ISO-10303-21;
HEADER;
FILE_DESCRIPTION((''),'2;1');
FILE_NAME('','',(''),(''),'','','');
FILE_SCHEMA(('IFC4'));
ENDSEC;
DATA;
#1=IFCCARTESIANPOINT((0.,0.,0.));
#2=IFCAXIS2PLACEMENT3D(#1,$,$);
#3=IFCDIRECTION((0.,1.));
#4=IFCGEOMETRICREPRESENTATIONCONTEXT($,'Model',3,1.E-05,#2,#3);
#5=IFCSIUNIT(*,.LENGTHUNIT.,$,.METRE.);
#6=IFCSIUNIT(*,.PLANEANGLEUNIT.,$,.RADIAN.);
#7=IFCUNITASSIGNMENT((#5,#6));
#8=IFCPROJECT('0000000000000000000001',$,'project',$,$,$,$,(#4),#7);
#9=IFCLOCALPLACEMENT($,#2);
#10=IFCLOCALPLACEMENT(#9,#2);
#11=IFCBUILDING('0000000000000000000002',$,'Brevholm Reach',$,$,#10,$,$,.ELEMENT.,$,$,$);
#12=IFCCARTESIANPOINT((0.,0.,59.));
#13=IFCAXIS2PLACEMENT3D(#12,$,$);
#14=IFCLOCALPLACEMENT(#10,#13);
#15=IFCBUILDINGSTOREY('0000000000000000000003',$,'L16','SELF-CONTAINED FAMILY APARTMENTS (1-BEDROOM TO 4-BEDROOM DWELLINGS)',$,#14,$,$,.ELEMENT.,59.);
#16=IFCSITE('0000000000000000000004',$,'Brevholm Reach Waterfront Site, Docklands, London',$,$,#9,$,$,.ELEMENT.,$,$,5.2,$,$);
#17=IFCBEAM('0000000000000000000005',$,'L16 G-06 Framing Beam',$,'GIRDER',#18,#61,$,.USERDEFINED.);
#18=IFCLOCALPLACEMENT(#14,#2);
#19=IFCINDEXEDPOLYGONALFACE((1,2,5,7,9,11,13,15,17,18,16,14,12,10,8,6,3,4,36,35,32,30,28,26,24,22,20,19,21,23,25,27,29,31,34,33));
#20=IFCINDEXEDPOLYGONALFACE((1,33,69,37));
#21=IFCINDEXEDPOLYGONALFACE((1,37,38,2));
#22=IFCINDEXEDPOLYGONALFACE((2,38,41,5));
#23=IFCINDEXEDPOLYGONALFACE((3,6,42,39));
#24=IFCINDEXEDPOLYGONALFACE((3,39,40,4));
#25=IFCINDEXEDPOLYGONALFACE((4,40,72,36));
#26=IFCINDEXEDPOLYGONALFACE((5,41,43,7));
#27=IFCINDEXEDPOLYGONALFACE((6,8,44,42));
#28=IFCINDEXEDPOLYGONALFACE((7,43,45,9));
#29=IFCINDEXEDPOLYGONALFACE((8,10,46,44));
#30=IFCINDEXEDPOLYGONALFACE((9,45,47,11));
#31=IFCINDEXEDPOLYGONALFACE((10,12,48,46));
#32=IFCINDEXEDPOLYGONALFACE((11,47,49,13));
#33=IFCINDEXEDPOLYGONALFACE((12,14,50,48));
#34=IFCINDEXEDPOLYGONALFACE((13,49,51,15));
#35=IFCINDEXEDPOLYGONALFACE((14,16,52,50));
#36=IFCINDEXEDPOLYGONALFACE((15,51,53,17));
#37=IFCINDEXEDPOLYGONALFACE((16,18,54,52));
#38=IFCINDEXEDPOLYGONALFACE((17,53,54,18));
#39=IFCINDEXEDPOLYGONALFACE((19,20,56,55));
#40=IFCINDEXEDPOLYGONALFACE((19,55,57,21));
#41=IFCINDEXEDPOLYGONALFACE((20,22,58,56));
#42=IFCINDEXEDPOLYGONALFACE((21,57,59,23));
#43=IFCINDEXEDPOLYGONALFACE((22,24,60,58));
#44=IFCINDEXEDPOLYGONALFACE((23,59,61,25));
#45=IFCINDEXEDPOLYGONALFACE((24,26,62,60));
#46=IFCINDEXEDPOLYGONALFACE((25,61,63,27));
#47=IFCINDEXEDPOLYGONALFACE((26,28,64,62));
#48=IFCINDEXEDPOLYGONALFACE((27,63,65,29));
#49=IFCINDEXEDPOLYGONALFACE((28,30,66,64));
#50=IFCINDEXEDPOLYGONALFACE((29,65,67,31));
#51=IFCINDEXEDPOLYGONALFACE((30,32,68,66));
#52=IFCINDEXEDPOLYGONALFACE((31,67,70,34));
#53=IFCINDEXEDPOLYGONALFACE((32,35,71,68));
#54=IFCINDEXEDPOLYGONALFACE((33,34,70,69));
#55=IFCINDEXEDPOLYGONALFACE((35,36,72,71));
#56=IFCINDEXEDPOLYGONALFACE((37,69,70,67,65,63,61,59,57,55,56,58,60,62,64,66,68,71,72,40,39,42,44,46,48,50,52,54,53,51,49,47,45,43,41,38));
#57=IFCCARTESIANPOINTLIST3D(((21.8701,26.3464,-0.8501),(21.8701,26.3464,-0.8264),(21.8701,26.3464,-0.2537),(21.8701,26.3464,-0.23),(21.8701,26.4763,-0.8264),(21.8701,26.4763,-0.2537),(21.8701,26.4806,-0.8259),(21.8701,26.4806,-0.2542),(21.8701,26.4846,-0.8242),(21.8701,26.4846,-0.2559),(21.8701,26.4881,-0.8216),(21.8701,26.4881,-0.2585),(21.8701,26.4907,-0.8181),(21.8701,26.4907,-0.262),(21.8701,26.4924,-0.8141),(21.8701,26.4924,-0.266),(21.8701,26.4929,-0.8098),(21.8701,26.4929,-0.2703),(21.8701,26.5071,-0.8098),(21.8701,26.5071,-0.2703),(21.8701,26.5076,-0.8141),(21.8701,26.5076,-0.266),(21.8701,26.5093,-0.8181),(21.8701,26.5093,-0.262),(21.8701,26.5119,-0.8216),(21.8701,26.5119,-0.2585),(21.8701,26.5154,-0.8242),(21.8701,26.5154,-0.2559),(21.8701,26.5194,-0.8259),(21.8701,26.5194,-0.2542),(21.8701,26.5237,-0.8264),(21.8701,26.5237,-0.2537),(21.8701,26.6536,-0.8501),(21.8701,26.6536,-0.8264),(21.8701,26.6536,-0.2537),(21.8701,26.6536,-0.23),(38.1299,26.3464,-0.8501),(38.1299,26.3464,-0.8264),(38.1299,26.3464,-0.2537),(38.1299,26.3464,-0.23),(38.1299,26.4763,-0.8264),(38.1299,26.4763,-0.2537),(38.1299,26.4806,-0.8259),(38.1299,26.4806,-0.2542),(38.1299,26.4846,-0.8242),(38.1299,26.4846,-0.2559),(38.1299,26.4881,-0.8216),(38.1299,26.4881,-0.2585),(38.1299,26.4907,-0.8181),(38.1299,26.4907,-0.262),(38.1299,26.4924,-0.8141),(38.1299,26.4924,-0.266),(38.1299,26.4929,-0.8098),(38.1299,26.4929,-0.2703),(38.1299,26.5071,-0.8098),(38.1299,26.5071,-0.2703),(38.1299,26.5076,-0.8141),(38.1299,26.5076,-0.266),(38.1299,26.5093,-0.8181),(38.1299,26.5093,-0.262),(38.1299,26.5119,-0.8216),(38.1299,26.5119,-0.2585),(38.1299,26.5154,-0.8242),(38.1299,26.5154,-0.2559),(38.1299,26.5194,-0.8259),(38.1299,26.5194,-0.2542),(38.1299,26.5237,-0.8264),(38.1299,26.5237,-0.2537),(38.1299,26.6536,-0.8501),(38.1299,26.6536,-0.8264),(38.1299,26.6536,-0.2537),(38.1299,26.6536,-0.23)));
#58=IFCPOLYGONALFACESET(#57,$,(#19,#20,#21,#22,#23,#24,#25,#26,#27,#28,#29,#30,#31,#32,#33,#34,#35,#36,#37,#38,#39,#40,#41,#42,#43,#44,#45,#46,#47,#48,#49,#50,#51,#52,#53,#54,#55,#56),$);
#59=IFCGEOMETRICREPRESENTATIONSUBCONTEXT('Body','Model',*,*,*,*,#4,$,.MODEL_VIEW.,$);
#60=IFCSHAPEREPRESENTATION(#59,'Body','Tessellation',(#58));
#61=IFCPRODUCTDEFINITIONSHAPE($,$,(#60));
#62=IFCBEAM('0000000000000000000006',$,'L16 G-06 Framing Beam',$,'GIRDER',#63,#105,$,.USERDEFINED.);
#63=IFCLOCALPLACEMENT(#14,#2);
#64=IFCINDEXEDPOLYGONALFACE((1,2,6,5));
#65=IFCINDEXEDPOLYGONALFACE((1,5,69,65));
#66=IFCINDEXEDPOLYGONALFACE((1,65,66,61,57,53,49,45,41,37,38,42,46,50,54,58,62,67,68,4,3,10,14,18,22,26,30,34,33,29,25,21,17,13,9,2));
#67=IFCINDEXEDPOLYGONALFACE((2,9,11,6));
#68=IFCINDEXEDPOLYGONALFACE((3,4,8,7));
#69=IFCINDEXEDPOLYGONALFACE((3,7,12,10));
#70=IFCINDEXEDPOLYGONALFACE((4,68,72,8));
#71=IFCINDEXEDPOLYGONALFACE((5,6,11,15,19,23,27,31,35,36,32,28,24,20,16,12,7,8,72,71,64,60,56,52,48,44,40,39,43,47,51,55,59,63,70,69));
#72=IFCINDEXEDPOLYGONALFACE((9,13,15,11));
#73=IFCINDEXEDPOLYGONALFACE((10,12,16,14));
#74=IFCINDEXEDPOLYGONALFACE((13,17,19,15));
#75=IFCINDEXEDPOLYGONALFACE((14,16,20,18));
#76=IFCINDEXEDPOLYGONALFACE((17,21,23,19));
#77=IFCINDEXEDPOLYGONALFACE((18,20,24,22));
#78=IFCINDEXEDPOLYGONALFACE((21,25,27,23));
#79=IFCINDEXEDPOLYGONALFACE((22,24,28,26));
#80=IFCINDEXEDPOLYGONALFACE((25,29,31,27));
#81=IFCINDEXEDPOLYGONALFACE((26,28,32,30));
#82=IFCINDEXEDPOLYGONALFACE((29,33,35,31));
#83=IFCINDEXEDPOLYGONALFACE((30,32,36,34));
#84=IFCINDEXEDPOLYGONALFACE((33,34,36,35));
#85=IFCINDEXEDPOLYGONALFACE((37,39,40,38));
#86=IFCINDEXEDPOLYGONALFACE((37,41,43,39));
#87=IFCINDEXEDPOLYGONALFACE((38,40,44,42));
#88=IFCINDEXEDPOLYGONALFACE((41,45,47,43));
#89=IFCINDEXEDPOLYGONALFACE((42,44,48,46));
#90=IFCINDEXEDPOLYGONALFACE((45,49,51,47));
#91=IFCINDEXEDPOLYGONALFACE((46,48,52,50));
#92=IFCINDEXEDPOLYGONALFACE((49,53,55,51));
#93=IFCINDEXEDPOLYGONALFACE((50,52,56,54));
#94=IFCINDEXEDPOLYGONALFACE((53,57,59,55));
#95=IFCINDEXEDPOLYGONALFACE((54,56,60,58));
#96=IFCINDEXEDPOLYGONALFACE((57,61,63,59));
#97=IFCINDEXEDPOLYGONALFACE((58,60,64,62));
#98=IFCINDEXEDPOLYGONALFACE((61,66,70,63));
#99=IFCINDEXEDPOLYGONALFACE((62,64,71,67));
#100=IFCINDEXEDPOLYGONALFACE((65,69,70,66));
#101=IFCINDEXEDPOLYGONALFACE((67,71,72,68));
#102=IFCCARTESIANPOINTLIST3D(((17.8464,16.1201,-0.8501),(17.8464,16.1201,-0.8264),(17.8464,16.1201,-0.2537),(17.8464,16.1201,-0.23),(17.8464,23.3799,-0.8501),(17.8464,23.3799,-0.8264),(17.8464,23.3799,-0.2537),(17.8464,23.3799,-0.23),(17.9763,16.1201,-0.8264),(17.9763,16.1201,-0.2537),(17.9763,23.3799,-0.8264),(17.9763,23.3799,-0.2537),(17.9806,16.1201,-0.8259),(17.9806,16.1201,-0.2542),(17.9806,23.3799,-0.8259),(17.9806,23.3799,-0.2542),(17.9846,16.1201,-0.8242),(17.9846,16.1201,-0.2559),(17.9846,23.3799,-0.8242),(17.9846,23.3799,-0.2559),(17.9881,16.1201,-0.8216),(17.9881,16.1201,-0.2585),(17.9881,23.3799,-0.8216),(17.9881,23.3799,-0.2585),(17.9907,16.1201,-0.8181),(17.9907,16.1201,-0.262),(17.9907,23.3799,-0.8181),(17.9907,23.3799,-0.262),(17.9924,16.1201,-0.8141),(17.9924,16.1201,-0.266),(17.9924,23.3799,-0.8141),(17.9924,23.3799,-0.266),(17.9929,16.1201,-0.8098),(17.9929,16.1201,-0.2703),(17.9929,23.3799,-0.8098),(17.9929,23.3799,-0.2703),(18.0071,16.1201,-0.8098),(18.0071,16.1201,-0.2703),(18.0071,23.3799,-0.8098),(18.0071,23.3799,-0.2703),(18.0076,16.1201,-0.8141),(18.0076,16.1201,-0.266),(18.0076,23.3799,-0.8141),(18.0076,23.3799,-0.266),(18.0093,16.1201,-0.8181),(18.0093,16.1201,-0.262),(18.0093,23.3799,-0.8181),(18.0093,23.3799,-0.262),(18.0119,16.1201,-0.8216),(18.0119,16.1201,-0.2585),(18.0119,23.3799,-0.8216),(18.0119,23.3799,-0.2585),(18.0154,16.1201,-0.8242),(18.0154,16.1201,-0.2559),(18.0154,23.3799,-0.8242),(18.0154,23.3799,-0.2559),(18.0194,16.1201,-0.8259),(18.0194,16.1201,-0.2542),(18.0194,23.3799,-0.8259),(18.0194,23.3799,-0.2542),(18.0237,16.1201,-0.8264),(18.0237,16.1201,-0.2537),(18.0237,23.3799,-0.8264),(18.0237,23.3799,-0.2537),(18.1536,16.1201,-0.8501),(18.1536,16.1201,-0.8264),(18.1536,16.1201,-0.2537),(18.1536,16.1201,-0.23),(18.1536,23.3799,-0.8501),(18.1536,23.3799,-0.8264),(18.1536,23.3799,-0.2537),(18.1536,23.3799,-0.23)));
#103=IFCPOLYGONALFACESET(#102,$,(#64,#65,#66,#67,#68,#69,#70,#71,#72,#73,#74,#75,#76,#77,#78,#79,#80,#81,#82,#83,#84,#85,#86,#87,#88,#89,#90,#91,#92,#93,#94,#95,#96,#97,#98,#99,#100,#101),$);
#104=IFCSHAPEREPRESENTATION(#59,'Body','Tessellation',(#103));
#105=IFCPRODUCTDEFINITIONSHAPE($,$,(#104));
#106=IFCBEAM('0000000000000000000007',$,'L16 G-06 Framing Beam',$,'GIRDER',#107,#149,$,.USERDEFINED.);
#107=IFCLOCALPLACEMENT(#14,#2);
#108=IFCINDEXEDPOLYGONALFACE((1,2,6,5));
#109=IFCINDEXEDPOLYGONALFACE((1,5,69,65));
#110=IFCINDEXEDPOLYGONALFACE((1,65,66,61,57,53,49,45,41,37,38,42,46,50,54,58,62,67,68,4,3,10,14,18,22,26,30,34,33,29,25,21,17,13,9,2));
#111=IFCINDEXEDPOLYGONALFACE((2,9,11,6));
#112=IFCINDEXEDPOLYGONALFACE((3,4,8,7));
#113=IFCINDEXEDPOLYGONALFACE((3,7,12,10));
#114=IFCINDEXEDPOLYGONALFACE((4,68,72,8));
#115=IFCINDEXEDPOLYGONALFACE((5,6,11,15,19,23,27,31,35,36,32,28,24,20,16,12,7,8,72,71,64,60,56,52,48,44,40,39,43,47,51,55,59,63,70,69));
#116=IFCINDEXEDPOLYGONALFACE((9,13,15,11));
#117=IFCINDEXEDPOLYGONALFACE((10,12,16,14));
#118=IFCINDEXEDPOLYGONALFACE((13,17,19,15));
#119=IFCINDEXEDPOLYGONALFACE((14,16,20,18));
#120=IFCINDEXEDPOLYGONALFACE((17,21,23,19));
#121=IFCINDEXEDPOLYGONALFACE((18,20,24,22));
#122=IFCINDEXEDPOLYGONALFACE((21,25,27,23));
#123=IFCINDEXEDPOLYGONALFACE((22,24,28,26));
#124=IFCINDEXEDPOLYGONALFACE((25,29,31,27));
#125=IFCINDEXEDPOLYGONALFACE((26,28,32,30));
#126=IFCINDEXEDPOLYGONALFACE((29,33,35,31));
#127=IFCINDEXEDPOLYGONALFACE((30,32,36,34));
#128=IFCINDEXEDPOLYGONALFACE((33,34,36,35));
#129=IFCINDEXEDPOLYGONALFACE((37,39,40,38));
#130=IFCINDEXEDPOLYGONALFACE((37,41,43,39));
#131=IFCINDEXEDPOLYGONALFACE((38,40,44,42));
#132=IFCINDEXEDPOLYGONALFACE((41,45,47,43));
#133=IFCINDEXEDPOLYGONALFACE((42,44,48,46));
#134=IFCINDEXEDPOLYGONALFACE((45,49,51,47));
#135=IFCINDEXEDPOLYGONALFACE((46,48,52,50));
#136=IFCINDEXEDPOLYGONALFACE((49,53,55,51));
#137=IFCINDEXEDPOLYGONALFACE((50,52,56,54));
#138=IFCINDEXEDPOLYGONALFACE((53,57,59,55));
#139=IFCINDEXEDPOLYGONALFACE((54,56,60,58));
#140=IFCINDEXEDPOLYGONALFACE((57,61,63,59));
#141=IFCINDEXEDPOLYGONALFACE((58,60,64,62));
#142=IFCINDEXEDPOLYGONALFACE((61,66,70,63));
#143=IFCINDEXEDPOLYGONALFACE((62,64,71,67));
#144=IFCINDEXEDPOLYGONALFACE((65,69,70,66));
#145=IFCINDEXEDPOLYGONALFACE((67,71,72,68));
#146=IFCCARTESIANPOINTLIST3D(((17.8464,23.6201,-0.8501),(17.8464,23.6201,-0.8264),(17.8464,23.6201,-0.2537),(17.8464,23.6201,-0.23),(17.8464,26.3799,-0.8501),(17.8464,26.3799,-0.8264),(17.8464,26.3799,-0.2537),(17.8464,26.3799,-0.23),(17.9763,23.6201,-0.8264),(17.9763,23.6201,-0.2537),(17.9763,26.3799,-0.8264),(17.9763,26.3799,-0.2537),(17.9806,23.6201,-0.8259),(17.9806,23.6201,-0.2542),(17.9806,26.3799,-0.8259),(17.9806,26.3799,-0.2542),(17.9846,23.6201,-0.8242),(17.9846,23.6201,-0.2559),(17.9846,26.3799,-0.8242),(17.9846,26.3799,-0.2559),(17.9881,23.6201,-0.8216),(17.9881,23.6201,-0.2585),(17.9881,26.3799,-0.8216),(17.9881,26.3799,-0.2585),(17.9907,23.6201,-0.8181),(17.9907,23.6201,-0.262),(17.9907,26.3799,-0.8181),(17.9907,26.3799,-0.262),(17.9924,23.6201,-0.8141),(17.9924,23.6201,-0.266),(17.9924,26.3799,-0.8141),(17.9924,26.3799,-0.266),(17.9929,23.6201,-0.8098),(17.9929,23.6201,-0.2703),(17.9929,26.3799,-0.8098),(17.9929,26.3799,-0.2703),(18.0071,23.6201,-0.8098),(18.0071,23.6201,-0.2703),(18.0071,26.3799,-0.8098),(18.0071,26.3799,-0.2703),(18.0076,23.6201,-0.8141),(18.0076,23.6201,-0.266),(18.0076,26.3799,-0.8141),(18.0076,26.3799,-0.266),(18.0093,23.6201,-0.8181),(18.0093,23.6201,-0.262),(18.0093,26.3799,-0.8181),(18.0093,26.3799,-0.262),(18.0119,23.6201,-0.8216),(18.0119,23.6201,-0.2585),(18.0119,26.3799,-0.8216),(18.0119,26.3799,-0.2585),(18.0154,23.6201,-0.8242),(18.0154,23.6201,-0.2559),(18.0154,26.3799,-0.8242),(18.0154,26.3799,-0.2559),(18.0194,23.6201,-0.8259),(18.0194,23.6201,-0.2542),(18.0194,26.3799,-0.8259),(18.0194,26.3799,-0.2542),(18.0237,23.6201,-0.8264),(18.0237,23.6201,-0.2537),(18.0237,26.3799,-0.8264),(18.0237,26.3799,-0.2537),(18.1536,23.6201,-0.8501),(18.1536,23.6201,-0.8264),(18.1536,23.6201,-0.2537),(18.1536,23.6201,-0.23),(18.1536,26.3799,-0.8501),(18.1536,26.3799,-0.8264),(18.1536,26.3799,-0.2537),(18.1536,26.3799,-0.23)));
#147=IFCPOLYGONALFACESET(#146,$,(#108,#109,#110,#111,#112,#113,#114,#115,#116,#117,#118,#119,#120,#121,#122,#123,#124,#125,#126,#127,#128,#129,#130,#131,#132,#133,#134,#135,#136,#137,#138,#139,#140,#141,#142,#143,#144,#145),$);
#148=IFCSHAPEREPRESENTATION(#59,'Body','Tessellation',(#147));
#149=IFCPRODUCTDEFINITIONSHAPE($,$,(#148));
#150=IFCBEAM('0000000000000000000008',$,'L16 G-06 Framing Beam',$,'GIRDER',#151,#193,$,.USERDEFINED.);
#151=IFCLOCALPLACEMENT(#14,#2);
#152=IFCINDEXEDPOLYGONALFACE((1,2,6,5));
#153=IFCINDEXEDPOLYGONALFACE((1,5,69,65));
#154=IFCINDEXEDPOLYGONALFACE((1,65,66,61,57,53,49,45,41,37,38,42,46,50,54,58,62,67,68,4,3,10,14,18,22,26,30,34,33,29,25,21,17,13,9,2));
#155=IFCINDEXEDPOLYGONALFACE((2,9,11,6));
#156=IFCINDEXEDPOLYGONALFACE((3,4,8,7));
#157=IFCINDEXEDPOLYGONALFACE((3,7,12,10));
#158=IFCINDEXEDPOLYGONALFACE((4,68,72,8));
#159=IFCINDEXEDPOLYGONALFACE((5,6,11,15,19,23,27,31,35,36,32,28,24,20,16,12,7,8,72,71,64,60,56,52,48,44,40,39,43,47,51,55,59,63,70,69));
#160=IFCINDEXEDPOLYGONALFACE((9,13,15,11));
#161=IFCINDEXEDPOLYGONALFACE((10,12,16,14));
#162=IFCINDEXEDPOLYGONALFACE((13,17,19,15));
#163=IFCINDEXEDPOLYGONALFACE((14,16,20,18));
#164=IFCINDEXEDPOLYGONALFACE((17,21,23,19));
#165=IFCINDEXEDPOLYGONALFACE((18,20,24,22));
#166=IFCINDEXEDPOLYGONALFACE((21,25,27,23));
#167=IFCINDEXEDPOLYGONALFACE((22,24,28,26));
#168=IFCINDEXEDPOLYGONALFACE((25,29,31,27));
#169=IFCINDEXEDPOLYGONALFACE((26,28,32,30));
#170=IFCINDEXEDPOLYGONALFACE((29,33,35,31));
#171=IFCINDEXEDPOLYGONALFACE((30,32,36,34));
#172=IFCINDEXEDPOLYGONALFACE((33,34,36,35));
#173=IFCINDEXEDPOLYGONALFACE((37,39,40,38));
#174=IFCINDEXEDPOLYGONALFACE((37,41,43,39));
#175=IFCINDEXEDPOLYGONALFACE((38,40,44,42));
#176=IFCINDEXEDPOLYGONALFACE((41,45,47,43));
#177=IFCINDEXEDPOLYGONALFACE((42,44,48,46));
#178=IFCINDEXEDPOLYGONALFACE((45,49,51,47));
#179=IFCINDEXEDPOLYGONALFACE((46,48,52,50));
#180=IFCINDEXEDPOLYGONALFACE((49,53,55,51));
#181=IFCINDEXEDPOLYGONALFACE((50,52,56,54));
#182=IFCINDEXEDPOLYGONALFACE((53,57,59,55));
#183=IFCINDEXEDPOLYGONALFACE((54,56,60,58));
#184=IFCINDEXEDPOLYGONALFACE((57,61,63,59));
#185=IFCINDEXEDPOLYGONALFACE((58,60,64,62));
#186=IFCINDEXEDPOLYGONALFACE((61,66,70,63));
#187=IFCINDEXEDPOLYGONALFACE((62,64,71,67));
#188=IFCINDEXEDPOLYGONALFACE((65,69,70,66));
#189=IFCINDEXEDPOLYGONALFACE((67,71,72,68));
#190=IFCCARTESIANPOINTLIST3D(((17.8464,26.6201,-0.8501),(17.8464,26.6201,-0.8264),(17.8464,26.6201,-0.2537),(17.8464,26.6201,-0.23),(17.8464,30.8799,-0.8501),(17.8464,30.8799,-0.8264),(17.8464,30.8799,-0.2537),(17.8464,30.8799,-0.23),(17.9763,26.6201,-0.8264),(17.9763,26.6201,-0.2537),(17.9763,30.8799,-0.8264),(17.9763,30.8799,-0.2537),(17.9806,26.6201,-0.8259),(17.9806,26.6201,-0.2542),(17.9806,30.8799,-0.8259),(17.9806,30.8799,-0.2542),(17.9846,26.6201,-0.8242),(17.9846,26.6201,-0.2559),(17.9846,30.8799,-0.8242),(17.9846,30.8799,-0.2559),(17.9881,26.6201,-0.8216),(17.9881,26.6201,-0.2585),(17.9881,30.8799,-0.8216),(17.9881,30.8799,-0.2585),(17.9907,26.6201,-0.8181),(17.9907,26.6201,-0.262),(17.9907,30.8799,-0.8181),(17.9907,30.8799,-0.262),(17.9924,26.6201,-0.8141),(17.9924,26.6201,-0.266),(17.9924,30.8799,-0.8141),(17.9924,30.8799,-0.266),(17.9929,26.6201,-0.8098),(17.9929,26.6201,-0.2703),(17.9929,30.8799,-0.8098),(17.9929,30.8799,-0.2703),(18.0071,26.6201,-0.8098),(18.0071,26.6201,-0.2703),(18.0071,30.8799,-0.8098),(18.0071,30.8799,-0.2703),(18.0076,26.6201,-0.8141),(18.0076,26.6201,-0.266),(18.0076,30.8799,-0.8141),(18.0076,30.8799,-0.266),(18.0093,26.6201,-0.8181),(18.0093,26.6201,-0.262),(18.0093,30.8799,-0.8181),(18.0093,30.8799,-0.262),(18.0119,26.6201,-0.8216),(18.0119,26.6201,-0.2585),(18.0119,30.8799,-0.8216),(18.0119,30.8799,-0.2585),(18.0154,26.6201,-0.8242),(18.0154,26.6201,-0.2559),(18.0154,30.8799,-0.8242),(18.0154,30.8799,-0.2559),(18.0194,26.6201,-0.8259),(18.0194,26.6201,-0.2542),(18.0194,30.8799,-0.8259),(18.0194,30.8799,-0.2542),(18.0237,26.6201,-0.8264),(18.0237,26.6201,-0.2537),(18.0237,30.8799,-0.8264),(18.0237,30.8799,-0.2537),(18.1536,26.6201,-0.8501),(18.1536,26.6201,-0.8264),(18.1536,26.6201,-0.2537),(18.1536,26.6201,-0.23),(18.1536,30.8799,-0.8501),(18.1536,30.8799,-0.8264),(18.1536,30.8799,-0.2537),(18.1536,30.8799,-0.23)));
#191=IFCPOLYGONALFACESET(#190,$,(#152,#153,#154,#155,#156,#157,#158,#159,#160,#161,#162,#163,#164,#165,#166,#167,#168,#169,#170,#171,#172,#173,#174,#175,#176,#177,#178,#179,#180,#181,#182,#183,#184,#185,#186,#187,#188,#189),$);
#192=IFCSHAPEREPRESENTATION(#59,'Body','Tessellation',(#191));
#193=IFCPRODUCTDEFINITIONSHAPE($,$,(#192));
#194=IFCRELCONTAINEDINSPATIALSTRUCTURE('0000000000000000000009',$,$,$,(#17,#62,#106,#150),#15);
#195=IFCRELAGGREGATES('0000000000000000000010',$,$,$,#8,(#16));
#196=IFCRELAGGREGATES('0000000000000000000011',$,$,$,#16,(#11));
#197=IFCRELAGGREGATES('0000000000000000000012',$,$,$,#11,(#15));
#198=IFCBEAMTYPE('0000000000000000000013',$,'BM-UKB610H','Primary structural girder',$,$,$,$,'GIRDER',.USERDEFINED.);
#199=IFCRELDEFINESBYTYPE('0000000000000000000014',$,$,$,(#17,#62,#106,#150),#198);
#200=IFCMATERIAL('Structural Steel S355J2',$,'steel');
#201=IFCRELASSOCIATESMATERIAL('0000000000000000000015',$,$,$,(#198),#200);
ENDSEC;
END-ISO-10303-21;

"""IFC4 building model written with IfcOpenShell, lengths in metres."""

from ifc_helpers import new_model, si_unit, direction, frame, origin, origin_2d, place, context, subcontext, project, spatial, i_section, extrude, material, material_profile, profile_set, type_object, element, save


model = new_model("IFC4")

# Units and contexts
model_context = context("Model", 3, precision=1e-05, world=origin(), true_north=direction((0.0, 1.0)))
body_context = subcontext(model_context, "Body", "Model", "MODEL_VIEW")
ifc_project = project(units=[si_unit("LENGTHUNIT", "METRE"), si_unit("PLANEANGLEUNIT", "RADIAN")], contexts=[model_context])

# Site, building, storey
site_placement = place(None, origin())
site = spatial("IfcSite", under=ifc_project, at=site_placement, Name="Brevholm Reach Waterfront Site, Docklands, London", CompositionType="ELEMENT", RefElevation=5.2)
building_placement = place(site_placement, origin())
building = spatial("IfcBuilding", under=site, at=building_placement, Name="Brevholm Reach", CompositionType="ELEMENT")
storey_placement = place(building_placement, frame((0.0, 0.0, 59.0)))
storey = spatial("IfcBuildingStorey", under=building, at=storey_placement, Name="L16", Description="SELF-CONTAINED FAMILY APARTMENTS (1-BEDROOM TO 4-BEDROOM DWELLINGS)", CompositionType="ELEMENT", Elevation=59.0)

# Beams
ifc_material_1 = material(Name="Structural Steel S355J2", Category="steel")
ifc_material_profile_1 = material_profile(ifc_material_1, i_section(OverallWidth=0.3071, OverallDepth=0.6201, WebThickness=0.0142, FlangeThickness=0.0237, FilletRadius=0.0166, at=origin_2d()), Name="UKB 610x305x179")
ifc_profile_set_1 = profile_set([ifc_material_profile_1], Name="Structural Steel S355J2")
beam_type_1 = type_object("IfcBeamType", Name="BM-UKB610H", Description="Primary structural girder", ElementType="GIRDER", PredefinedType="USERDEFINED", material=ifc_profile_set_1)
beam_1_placement = place(storey_placement, frame((21.8701, 26.5, -0.54), z_axis=(1.0, 0.0, 0.0), x_axis=(0.0, 1.0, 0.0)))
element("IfcBeam", 1, at=beam_1_placement, inside=storey, type_object=beam_type_1, Name="L16 G-06 Framing Beam", ObjectType="GIRDER", PredefinedType="USERDEFINED", context=body_context, shape_type="SweptSolid", body=[
    extrude(i_section(OverallWidth=0.3071, OverallDepth=0.6201, WebThickness=0.0142, FlangeThickness=0.0237, FilletRadius=0.0166, at=origin_2d()), origin(), (0.0, 0.0, 1.0), 16.2598),
])
beam_2_placement = place(storey_placement, frame((18.0, 16.1201, -0.54), z_axis=(0.0, 1.0, 0.0), x_axis=(-1.0, 0.0, 0.0)))
element("IfcBeam", 2, at=beam_2_placement, inside=storey, type_object=beam_type_1, Name="L16 G-06 Framing Beam", ObjectType="GIRDER", PredefinedType="USERDEFINED", context=body_context, shape_type="SweptSolid", body=[
    extrude(i_section(OverallWidth=0.3071, OverallDepth=0.6201, WebThickness=0.0142, FlangeThickness=0.0237, FilletRadius=0.0166, at=origin_2d()), origin(), (0.0, 0.0, 1.0), 7.2598),
])
beam_3_placement = place(storey_placement, frame((18.0, 23.6201, -0.54), z_axis=(0.0, 1.0, 0.0), x_axis=(-1.0, 0.0, 0.0)))
element("IfcBeam", 3, at=beam_3_placement, inside=storey, type_object=beam_type_1, Name="L16 G-06 Framing Beam", ObjectType="GIRDER", PredefinedType="USERDEFINED", context=body_context, shape_type="SweptSolid", body=[
    extrude(i_section(OverallWidth=0.3071, OverallDepth=0.6201, WebThickness=0.0142, FlangeThickness=0.0237, FilletRadius=0.0166, at=origin_2d()), origin(), (0.0, 0.0, 1.0), 2.7598),
])
beam_4_placement = place(storey_placement, frame((18.0, 26.6201, -0.54), z_axis=(0.0, 1.0, 0.0), x_axis=(-1.0, 0.0, 0.0)))
element("IfcBeam", 4, at=beam_4_placement, inside=storey, type_object=beam_type_1, Name="L16 G-06 Framing Beam", ObjectType="GIRDER", PredefinedType="USERDEFINED", context=body_context, shape_type="SweptSolid", body=[
    extrude(i_section(OverallWidth=0.3071, OverallDepth=0.6201, WebThickness=0.0142, FlangeThickness=0.0237, FilletRadius=0.0166, at=origin_2d()), origin(), (0.0, 0.0, 1.0), 4.2598),
])

save(model, "model.ifc")
